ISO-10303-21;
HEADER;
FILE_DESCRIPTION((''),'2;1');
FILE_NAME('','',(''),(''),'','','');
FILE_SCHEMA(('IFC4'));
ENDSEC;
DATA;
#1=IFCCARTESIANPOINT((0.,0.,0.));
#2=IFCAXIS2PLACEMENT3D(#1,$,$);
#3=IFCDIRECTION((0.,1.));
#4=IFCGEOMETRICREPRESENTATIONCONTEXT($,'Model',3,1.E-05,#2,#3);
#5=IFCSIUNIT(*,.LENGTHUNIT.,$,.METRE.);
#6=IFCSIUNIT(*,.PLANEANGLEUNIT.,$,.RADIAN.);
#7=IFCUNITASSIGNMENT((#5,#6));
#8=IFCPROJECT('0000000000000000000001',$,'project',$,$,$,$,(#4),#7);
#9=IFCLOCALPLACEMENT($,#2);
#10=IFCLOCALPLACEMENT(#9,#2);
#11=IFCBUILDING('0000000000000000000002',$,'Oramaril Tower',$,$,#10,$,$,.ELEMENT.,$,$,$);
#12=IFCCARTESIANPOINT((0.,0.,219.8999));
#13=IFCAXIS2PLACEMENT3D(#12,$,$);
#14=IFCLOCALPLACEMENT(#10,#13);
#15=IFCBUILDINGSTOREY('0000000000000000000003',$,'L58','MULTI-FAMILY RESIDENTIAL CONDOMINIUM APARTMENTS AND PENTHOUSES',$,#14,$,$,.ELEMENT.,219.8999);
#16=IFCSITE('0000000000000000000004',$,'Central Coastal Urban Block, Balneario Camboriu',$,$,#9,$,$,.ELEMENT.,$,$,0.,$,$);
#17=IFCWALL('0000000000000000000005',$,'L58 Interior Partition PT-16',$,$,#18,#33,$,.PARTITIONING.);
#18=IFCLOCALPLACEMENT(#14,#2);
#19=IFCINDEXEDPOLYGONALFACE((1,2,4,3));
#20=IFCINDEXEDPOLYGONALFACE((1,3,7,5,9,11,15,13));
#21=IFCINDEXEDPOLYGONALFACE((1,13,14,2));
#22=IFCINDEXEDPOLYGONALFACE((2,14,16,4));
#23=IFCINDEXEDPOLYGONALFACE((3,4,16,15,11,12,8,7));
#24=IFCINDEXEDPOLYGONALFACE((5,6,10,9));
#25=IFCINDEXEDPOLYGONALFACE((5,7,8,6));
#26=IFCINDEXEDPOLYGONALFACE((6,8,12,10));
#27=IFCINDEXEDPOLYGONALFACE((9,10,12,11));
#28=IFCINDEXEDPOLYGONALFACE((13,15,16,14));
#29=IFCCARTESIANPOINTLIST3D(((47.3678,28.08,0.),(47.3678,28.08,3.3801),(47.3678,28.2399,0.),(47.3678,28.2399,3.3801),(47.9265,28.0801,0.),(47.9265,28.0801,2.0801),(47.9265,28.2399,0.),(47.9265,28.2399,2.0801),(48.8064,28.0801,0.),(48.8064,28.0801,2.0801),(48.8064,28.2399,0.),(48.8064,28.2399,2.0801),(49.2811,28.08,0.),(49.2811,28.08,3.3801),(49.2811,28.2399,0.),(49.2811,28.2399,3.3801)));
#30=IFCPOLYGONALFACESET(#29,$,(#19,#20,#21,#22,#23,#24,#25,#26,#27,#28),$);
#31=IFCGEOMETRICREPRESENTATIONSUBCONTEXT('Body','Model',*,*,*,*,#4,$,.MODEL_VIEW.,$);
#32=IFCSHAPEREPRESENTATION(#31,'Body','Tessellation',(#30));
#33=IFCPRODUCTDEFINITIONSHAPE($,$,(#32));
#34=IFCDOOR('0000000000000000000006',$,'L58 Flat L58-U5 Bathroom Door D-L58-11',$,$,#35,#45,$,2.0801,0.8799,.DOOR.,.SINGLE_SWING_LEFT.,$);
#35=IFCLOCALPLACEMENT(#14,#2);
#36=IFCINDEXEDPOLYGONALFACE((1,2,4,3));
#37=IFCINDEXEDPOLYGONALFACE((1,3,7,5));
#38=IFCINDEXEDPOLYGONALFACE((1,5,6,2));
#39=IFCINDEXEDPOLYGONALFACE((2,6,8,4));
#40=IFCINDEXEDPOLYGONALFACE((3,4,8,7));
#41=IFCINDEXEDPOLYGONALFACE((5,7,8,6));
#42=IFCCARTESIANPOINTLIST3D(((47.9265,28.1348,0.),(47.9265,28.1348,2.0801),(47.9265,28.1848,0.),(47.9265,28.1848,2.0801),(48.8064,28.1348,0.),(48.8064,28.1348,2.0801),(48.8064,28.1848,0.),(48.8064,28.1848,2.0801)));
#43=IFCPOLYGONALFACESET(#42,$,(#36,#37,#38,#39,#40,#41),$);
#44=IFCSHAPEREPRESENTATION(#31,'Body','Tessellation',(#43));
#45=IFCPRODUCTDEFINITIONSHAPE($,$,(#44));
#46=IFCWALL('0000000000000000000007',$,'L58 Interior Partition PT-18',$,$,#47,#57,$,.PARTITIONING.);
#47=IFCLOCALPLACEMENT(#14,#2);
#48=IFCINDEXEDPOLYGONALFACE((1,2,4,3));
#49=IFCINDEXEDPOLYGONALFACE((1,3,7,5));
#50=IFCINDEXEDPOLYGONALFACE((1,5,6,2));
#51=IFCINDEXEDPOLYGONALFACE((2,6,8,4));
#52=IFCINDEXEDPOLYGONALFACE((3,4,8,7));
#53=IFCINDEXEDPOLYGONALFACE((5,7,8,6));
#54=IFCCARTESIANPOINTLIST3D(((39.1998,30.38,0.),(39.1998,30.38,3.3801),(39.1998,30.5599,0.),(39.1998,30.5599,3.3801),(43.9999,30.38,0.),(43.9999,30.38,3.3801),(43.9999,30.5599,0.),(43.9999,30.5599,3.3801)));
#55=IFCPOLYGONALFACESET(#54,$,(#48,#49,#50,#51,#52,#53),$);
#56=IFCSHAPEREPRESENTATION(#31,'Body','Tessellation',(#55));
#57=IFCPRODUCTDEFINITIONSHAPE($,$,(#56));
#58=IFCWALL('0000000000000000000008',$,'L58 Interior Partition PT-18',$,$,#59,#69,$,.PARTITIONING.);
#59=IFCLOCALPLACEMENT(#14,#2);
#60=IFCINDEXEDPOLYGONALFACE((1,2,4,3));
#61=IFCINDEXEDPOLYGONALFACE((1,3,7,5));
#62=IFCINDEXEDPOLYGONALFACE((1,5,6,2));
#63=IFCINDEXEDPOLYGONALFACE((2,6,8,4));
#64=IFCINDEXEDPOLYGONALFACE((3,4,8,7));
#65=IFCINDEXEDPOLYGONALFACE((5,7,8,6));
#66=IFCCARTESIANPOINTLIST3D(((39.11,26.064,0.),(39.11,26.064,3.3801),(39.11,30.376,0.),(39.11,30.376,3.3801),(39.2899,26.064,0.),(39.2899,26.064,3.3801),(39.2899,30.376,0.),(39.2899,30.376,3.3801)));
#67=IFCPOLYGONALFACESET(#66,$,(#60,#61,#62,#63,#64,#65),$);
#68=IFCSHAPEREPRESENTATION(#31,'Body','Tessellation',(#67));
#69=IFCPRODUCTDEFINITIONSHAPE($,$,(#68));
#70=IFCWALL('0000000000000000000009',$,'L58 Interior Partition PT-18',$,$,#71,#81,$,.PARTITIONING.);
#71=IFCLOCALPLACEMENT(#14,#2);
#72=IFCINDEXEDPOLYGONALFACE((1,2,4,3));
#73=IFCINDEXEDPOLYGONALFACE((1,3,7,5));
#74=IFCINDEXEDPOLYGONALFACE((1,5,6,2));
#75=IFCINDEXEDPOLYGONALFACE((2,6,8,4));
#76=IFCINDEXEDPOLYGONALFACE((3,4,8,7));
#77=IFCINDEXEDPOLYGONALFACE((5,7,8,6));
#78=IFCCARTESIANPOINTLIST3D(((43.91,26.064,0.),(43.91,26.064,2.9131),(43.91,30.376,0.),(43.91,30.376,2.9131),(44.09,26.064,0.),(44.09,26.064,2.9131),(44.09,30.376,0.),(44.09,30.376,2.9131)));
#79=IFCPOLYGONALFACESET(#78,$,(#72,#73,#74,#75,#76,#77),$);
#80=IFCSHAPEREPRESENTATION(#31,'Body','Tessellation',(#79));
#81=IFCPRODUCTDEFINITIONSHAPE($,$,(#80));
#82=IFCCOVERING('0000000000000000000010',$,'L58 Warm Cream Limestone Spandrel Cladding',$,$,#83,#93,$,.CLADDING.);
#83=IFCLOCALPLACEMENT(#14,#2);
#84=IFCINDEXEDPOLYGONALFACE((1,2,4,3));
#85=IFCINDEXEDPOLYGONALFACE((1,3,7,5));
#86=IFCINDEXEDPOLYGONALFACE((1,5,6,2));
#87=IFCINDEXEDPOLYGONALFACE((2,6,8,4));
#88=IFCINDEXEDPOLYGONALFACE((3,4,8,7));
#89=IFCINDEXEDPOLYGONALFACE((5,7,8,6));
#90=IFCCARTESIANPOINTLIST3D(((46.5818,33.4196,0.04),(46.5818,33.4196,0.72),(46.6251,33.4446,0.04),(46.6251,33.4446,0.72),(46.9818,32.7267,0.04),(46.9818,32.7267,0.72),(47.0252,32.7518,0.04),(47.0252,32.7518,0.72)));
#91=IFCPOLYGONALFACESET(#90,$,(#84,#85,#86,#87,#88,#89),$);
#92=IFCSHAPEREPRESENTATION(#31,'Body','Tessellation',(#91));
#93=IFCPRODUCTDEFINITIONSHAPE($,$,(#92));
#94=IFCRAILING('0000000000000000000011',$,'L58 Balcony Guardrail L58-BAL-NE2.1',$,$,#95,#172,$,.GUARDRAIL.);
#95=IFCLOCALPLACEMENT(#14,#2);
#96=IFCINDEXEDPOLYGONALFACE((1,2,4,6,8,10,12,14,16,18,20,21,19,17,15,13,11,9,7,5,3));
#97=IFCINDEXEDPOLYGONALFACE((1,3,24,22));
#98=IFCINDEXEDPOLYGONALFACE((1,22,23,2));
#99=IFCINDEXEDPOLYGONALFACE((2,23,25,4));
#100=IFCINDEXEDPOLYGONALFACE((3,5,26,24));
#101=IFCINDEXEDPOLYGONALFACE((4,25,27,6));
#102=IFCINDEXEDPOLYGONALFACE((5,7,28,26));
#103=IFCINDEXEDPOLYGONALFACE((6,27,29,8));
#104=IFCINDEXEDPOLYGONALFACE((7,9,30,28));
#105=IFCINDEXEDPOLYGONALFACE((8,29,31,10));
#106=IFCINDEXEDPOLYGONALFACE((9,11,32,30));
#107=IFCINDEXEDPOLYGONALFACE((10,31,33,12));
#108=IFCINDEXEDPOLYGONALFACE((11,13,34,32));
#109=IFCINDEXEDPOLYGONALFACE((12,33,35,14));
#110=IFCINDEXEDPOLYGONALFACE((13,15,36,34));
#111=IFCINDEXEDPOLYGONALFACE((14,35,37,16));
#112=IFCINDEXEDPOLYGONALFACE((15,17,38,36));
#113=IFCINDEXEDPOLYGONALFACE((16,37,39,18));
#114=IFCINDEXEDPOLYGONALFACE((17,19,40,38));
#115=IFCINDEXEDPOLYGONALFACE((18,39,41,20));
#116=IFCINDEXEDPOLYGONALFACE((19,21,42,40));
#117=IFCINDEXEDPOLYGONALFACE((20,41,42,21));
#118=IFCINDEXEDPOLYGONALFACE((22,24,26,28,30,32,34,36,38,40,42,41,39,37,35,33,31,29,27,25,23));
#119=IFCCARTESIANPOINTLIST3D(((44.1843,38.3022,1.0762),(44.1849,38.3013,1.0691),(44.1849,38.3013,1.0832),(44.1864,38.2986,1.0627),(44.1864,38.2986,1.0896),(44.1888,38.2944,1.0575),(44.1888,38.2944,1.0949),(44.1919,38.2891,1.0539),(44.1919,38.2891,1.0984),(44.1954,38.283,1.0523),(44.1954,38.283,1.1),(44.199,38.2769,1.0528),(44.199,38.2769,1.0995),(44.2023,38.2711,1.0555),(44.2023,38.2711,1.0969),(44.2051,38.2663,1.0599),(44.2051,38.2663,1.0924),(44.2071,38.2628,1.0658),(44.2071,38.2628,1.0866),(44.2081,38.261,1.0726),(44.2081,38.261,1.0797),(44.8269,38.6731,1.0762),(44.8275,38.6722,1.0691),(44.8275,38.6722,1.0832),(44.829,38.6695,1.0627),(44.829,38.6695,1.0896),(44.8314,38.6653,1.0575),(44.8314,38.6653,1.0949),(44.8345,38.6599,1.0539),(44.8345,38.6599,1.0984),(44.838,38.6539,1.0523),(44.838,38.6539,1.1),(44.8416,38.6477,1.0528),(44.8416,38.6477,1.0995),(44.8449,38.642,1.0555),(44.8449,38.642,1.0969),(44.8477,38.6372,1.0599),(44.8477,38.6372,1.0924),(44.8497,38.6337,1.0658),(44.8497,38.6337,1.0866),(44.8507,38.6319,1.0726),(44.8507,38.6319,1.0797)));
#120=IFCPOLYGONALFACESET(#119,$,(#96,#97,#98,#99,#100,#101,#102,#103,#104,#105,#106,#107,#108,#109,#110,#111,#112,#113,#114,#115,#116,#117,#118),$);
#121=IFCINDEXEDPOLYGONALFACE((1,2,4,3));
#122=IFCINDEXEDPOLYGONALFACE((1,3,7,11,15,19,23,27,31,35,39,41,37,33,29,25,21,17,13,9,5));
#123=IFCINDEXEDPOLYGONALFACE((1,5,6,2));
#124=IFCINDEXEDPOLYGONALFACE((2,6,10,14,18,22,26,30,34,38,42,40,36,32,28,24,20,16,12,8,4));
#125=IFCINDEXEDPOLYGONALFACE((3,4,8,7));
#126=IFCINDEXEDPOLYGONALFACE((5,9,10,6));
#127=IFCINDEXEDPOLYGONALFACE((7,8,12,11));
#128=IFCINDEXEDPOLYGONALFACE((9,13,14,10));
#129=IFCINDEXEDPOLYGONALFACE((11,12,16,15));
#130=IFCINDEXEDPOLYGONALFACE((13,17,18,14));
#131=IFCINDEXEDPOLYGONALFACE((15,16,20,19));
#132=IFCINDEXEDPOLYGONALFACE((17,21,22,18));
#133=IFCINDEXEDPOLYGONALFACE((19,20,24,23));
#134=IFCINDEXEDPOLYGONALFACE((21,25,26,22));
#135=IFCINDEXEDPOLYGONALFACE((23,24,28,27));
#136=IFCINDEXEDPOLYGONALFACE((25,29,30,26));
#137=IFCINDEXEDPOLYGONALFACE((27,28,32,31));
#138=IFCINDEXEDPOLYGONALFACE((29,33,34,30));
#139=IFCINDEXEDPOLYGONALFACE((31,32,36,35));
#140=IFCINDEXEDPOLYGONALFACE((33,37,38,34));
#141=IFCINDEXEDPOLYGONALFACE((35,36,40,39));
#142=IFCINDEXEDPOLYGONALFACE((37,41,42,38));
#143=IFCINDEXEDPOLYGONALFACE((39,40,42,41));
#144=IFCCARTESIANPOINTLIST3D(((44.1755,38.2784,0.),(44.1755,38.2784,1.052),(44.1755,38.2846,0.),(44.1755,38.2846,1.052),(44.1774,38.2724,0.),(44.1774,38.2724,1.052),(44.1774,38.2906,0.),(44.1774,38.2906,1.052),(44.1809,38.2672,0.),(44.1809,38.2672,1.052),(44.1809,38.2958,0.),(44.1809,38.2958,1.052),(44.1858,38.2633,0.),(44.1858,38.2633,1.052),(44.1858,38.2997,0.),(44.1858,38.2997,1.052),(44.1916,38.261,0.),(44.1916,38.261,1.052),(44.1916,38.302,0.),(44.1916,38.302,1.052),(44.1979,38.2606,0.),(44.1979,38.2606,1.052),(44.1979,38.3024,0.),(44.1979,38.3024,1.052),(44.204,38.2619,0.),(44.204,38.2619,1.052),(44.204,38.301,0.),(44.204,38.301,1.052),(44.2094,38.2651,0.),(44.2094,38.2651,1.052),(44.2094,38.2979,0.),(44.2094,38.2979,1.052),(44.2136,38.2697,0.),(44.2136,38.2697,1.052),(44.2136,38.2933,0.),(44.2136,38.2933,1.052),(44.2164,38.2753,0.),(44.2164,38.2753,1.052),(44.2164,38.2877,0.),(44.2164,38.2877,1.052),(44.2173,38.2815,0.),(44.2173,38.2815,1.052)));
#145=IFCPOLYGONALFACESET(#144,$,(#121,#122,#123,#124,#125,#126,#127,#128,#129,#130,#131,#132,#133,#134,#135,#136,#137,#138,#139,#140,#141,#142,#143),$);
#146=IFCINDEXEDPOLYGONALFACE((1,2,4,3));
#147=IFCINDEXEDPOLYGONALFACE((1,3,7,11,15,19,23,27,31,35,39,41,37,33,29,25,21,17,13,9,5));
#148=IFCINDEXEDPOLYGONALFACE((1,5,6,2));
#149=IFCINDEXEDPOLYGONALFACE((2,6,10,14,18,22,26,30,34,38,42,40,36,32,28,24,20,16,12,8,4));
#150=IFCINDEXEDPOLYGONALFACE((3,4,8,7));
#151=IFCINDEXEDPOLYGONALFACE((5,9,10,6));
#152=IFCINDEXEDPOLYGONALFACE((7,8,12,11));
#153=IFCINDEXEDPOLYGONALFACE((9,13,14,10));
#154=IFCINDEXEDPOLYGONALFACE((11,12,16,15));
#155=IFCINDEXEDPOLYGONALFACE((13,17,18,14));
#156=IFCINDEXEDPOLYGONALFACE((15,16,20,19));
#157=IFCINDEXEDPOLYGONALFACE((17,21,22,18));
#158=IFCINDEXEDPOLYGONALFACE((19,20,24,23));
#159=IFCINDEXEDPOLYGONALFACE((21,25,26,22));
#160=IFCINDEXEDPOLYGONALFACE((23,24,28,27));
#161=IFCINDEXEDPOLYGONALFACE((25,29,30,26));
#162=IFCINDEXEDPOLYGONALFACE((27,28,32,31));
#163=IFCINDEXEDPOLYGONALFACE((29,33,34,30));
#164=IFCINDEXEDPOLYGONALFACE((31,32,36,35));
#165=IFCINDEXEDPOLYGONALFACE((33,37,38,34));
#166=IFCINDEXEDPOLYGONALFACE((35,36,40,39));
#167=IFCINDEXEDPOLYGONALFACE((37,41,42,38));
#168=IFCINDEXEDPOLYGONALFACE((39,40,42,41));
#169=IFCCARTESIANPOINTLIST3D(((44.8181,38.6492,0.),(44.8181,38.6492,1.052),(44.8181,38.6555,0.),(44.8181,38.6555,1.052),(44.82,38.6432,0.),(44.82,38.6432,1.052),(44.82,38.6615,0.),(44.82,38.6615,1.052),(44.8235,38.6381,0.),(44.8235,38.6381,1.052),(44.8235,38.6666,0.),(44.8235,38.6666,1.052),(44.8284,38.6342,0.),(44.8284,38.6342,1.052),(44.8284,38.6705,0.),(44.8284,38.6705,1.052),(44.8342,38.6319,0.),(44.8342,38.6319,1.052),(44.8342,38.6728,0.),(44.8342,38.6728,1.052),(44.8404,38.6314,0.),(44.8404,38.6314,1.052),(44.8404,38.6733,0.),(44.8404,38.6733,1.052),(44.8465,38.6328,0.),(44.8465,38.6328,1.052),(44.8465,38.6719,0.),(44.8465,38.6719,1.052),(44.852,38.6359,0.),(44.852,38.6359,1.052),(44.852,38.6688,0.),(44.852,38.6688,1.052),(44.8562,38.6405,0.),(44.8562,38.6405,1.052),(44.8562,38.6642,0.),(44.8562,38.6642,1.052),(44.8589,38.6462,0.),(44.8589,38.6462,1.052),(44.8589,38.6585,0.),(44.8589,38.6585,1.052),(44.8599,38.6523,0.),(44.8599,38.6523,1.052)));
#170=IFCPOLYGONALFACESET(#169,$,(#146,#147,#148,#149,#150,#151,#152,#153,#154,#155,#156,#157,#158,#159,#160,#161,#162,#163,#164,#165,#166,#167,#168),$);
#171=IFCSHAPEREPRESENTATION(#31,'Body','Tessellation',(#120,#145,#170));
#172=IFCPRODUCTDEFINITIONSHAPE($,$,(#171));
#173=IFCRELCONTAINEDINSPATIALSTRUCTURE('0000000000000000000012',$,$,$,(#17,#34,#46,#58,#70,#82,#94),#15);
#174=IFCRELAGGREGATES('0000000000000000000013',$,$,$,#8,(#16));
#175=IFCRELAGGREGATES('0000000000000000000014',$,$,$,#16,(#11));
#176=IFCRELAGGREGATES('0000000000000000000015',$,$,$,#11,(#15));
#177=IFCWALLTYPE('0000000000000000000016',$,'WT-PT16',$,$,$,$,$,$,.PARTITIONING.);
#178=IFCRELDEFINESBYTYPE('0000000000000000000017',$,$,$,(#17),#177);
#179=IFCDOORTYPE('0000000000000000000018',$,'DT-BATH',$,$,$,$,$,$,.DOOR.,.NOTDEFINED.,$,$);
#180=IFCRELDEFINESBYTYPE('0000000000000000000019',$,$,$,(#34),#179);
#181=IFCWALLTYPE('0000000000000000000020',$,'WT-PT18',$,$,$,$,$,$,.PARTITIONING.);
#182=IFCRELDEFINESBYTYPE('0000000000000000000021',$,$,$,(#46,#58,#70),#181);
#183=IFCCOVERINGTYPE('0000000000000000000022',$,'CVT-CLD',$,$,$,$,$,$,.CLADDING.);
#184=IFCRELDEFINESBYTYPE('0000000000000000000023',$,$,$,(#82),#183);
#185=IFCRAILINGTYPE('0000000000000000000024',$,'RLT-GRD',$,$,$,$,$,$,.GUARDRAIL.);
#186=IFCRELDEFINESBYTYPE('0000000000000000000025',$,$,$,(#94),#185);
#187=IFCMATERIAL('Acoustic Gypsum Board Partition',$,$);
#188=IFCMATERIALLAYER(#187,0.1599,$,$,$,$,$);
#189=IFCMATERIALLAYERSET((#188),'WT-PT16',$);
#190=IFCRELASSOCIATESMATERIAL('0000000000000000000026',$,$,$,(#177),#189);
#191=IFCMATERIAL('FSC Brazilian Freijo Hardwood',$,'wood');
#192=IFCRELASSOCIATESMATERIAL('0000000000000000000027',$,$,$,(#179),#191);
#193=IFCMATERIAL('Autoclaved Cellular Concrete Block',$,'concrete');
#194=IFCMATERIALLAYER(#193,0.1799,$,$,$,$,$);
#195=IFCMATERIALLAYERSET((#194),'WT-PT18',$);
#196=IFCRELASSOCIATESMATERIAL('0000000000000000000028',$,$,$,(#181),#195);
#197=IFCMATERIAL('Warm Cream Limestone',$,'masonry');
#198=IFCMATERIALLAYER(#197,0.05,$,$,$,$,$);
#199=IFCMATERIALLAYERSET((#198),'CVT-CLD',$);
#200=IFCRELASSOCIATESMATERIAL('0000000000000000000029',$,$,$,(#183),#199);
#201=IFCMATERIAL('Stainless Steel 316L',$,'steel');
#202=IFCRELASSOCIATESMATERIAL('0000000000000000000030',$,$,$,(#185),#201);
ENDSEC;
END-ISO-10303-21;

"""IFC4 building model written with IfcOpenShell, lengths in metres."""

from ifc_helpers import new_model, si_unit, direction, frame, frame_2d, origin, origin_2d, place, context, subcontext, project, spatial, rectangle, circle, extrude, material, layer, layer_set, type_object, element, fill, save


model = new_model("IFC4")

# Units and contexts
model_context = context("Model", 3, precision=1e-05, world=origin(), true_north=direction((0.0, 1.0)))
body_context = subcontext(model_context, "Body", "Model", "MODEL_VIEW")
ifc_project = project(units=[si_unit("LENGTHUNIT", "METRE"), si_unit("PLANEANGLEUNIT", "RADIAN")], contexts=[model_context])

# Site, building, storey
site_placement = place(None, origin())
site = spatial("IfcSite", under=ifc_project, at=site_placement, Name="Central Coastal Urban Block, Balneario Camboriu", CompositionType="ELEMENT", RefElevation=0.0)
building_placement = place(site_placement, origin())
building = spatial("IfcBuilding", under=site, at=building_placement, Name="Oramaril Tower", CompositionType="ELEMENT")
storey_placement = place(building_placement, frame((0.0, 0.0, 219.8999)))
storey = spatial("IfcBuildingStorey", under=building, at=storey_placement, Name="L58", Description="MULTI-FAMILY RESIDENTIAL CONDOMINIUM APARTMENTS AND PENTHOUSES", CompositionType="ELEMENT", Elevation=219.8999)

# Wall, opening, door
ifc_material_1 = material(Name="Acoustic Gypsum Board Partition")
ifc_layer_1 = layer(ifc_material_1, 0.1599)
ifc_layer_set_1 = layer_set([ifc_layer_1], Name="WT-PT16")
wall_type_1 = type_object("IfcWallType", Name="WT-PT16", PredefinedType="PARTITIONING", material=ifc_layer_set_1)
wall_1_placement = place(storey_placement, frame((47.3679, 28.1599, 0.0), z_axis=(0.0, 0.0, 1.0), x_axis=(1.0, 0.0, 0.0)))
wall_1 = element("IfcWall", 1, at=wall_1_placement, inside=storey, type_object=wall_type_1, Name="L58 Interior Partition PT-16", PredefinedType="PARTITIONING", context=body_context, shape_type="SweptSolid", body=[
    extrude(rectangle(XDim=1.9133, YDim=0.1599, at=frame_2d((0.9565, 0.0))), origin(), (0.0, 0.0, 1.0), 3.3801),
])
opening_placement = place(wall_1_placement, frame((0.5586, 0.0, 0.0)))
opening = element("IfcOpeningElement", 2, at=opening_placement, cuts=wall_1, PredefinedType="OPENING", context=body_context, shape_type="SweptSolid", body=[
    extrude(rectangle(XDim=0.8799, YDim=2.0801, at=frame_2d((0.4399, 1.04))), frame((0.0, 0.0801, 0.0), z_axis=(0.0, -1.0, 0.0), x_axis=(1.0, 0.0, 0.0)), (0.0, 0.0, 1.0), 0.1599),
])
ifc_material_2 = material(Name="FSC Brazilian Freijo Hardwood", Category="wood")
door_type = type_object("IfcDoorType", Name="DT-BATH", OperationType="NOTDEFINED", PredefinedType="DOOR", material=ifc_material_2)
door_placement = place(opening_placement, origin())
door = element("IfcDoor", 3, at=door_placement, inside=storey, type_object=door_type, Name="L58 Flat L58-U5 Bathroom Door D-L58-11", OperationType="SINGLE_SWING_LEFT", OverallHeight=2.0801, OverallWidth=0.8799, PredefinedType="DOOR", context=body_context, shape_type="SweptSolid", body=[
    extrude(rectangle(XDim=0.8799, YDim=2.0801, at=frame_2d((0.4399, 1.04))), frame((0.0, 0.0249, 0.0), z_axis=(0.0, -1.0, 0.0), x_axis=(1.0, 0.0, 0.0)), (0.0, 0.0, 1.0), 0.05),
])
fill(opening, door)

# Walls
ifc_material_3 = material(Name="Autoclaved Cellular Concrete Block", Category="concrete")
ifc_layer_2 = layer(ifc_material_3, 0.1799)
ifc_layer_set_2 = layer_set([ifc_layer_2], Name="WT-PT18")
wall_type_2 = type_object("IfcWallType", Name="WT-PT18", PredefinedType="PARTITIONING", material=ifc_layer_set_2)
wall_2_placement = place(storey_placement, frame((39.2, 30.47, 0.0), z_axis=(0.0, 0.0, 1.0), x_axis=(1.0, 0.0, 0.0)))
element("IfcWall", 4, at=wall_2_placement, inside=storey, type_object=wall_type_2, Name="L58 Interior Partition PT-18", PredefinedType="PARTITIONING", context=body_context, shape_type="SweptSolid", body=[
    extrude(rectangle(XDim=4.8, YDim=0.1799, at=frame_2d((2.3999, 0.0))), origin(), (0.0, 0.0, 1.0), 3.3801),
])
wall_3_placement = place(storey_placement, frame((39.2, 26.064, 0.0), z_axis=(0.0, 0.0, 1.0), x_axis=(0.0, 1.0, 0.0)))
element("IfcWall", 5, at=wall_3_placement, inside=storey, type_object=wall_type_2, Name="L58 Interior Partition PT-18", PredefinedType="PARTITIONING", context=body_context, shape_type="SweptSolid", body=[
    extrude(rectangle(XDim=4.312, YDim=0.1799, at=frame_2d((2.156, 0.0))), origin(), (0.0, 0.0, 1.0), 3.3801),
])
wall_4_placement = place(storey_placement, frame((44.0, 26.064, 0.0), z_axis=(0.0, 0.0, 1.0), x_axis=(0.0, 1.0, 0.0)))
element("IfcWall", 6, at=wall_4_placement, inside=storey, type_object=wall_type_2, Name="L58 Interior Partition PT-18", PredefinedType="PARTITIONING", context=body_context, shape_type="SweptSolid", body=[
    extrude(rectangle(XDim=4.312, YDim=0.1799, at=frame_2d((2.156, 0.0))), origin(), (0.0, 0.0, 1.0), 2.9131),
])

# Covering
ifc_material_4 = material(Name="Warm Cream Limestone", Category="masonry")
ifc_layer_3 = layer(ifc_material_4, 0.05)
ifc_layer_set_3 = layer_set([ifc_layer_3], Name="CVT-CLD")
covering_type = type_object("IfcCoveringType", Name="CVT-CLD", PredefinedType="CLADDING", material=ifc_layer_set_3)
covering_placement = place(storey_placement, frame((46.8035, 33.0857, 0.04), z_axis=(0.0, 0.0, 1.0), x_axis=(-0.499998, 0.866026, 0.0)))
element("IfcCovering", 7, at=covering_placement, inside=storey, type_object=covering_type, Name="L58 Warm Cream Limestone Spandrel Cladding", PredefinedType="CLADDING", context=body_context, shape_type="SweptSolid", body=[
    extrude(rectangle(XDim=0.8, YDim=0.05, at=origin_2d()), origin(), (0.0, 0.0, 1.0), 0.6799),
])

# Railing
ifc_material_5 = material(Name="Stainless Steel 316L", Category="steel")
railing_type = type_object("IfcRailingType", Name="RLT-GRD", PredefinedType="GUARDRAIL", material=ifc_material_5)
railing_1_placement = place(storey_placement, frame((44.1963, 38.2815, 0.0)))
element("IfcRailing", 8, at=railing_1_placement, inside=storey, type_object=railing_type, Name="L58 Balcony Guardrail L58-BAL-NE2.1", PredefinedType="GUARDRAIL", context=body_context, shape_type="SweptSolid", body=[
    extrude(circle(Radius=0.0239, at=origin_2d()), frame((0.0, 0.0, 1.0762), z_axis=(0.866109, 0.499855, 0.0), x_axis=(-0.499855, 0.866109, 0.0)), (0.0, 0.0, 1.0), 0.7419),
    extrude(circle(Radius=0.021, at=origin_2d()), origin(), (0.0, 0.0, 1.0), 1.052),
    extrude(circle(Radius=0.021, at=origin_2d()), frame((0.6426, 0.3708, 0.0)), (0.0, 0.0, 1.0), 1.052),
])

save(model, "model.ifc")
